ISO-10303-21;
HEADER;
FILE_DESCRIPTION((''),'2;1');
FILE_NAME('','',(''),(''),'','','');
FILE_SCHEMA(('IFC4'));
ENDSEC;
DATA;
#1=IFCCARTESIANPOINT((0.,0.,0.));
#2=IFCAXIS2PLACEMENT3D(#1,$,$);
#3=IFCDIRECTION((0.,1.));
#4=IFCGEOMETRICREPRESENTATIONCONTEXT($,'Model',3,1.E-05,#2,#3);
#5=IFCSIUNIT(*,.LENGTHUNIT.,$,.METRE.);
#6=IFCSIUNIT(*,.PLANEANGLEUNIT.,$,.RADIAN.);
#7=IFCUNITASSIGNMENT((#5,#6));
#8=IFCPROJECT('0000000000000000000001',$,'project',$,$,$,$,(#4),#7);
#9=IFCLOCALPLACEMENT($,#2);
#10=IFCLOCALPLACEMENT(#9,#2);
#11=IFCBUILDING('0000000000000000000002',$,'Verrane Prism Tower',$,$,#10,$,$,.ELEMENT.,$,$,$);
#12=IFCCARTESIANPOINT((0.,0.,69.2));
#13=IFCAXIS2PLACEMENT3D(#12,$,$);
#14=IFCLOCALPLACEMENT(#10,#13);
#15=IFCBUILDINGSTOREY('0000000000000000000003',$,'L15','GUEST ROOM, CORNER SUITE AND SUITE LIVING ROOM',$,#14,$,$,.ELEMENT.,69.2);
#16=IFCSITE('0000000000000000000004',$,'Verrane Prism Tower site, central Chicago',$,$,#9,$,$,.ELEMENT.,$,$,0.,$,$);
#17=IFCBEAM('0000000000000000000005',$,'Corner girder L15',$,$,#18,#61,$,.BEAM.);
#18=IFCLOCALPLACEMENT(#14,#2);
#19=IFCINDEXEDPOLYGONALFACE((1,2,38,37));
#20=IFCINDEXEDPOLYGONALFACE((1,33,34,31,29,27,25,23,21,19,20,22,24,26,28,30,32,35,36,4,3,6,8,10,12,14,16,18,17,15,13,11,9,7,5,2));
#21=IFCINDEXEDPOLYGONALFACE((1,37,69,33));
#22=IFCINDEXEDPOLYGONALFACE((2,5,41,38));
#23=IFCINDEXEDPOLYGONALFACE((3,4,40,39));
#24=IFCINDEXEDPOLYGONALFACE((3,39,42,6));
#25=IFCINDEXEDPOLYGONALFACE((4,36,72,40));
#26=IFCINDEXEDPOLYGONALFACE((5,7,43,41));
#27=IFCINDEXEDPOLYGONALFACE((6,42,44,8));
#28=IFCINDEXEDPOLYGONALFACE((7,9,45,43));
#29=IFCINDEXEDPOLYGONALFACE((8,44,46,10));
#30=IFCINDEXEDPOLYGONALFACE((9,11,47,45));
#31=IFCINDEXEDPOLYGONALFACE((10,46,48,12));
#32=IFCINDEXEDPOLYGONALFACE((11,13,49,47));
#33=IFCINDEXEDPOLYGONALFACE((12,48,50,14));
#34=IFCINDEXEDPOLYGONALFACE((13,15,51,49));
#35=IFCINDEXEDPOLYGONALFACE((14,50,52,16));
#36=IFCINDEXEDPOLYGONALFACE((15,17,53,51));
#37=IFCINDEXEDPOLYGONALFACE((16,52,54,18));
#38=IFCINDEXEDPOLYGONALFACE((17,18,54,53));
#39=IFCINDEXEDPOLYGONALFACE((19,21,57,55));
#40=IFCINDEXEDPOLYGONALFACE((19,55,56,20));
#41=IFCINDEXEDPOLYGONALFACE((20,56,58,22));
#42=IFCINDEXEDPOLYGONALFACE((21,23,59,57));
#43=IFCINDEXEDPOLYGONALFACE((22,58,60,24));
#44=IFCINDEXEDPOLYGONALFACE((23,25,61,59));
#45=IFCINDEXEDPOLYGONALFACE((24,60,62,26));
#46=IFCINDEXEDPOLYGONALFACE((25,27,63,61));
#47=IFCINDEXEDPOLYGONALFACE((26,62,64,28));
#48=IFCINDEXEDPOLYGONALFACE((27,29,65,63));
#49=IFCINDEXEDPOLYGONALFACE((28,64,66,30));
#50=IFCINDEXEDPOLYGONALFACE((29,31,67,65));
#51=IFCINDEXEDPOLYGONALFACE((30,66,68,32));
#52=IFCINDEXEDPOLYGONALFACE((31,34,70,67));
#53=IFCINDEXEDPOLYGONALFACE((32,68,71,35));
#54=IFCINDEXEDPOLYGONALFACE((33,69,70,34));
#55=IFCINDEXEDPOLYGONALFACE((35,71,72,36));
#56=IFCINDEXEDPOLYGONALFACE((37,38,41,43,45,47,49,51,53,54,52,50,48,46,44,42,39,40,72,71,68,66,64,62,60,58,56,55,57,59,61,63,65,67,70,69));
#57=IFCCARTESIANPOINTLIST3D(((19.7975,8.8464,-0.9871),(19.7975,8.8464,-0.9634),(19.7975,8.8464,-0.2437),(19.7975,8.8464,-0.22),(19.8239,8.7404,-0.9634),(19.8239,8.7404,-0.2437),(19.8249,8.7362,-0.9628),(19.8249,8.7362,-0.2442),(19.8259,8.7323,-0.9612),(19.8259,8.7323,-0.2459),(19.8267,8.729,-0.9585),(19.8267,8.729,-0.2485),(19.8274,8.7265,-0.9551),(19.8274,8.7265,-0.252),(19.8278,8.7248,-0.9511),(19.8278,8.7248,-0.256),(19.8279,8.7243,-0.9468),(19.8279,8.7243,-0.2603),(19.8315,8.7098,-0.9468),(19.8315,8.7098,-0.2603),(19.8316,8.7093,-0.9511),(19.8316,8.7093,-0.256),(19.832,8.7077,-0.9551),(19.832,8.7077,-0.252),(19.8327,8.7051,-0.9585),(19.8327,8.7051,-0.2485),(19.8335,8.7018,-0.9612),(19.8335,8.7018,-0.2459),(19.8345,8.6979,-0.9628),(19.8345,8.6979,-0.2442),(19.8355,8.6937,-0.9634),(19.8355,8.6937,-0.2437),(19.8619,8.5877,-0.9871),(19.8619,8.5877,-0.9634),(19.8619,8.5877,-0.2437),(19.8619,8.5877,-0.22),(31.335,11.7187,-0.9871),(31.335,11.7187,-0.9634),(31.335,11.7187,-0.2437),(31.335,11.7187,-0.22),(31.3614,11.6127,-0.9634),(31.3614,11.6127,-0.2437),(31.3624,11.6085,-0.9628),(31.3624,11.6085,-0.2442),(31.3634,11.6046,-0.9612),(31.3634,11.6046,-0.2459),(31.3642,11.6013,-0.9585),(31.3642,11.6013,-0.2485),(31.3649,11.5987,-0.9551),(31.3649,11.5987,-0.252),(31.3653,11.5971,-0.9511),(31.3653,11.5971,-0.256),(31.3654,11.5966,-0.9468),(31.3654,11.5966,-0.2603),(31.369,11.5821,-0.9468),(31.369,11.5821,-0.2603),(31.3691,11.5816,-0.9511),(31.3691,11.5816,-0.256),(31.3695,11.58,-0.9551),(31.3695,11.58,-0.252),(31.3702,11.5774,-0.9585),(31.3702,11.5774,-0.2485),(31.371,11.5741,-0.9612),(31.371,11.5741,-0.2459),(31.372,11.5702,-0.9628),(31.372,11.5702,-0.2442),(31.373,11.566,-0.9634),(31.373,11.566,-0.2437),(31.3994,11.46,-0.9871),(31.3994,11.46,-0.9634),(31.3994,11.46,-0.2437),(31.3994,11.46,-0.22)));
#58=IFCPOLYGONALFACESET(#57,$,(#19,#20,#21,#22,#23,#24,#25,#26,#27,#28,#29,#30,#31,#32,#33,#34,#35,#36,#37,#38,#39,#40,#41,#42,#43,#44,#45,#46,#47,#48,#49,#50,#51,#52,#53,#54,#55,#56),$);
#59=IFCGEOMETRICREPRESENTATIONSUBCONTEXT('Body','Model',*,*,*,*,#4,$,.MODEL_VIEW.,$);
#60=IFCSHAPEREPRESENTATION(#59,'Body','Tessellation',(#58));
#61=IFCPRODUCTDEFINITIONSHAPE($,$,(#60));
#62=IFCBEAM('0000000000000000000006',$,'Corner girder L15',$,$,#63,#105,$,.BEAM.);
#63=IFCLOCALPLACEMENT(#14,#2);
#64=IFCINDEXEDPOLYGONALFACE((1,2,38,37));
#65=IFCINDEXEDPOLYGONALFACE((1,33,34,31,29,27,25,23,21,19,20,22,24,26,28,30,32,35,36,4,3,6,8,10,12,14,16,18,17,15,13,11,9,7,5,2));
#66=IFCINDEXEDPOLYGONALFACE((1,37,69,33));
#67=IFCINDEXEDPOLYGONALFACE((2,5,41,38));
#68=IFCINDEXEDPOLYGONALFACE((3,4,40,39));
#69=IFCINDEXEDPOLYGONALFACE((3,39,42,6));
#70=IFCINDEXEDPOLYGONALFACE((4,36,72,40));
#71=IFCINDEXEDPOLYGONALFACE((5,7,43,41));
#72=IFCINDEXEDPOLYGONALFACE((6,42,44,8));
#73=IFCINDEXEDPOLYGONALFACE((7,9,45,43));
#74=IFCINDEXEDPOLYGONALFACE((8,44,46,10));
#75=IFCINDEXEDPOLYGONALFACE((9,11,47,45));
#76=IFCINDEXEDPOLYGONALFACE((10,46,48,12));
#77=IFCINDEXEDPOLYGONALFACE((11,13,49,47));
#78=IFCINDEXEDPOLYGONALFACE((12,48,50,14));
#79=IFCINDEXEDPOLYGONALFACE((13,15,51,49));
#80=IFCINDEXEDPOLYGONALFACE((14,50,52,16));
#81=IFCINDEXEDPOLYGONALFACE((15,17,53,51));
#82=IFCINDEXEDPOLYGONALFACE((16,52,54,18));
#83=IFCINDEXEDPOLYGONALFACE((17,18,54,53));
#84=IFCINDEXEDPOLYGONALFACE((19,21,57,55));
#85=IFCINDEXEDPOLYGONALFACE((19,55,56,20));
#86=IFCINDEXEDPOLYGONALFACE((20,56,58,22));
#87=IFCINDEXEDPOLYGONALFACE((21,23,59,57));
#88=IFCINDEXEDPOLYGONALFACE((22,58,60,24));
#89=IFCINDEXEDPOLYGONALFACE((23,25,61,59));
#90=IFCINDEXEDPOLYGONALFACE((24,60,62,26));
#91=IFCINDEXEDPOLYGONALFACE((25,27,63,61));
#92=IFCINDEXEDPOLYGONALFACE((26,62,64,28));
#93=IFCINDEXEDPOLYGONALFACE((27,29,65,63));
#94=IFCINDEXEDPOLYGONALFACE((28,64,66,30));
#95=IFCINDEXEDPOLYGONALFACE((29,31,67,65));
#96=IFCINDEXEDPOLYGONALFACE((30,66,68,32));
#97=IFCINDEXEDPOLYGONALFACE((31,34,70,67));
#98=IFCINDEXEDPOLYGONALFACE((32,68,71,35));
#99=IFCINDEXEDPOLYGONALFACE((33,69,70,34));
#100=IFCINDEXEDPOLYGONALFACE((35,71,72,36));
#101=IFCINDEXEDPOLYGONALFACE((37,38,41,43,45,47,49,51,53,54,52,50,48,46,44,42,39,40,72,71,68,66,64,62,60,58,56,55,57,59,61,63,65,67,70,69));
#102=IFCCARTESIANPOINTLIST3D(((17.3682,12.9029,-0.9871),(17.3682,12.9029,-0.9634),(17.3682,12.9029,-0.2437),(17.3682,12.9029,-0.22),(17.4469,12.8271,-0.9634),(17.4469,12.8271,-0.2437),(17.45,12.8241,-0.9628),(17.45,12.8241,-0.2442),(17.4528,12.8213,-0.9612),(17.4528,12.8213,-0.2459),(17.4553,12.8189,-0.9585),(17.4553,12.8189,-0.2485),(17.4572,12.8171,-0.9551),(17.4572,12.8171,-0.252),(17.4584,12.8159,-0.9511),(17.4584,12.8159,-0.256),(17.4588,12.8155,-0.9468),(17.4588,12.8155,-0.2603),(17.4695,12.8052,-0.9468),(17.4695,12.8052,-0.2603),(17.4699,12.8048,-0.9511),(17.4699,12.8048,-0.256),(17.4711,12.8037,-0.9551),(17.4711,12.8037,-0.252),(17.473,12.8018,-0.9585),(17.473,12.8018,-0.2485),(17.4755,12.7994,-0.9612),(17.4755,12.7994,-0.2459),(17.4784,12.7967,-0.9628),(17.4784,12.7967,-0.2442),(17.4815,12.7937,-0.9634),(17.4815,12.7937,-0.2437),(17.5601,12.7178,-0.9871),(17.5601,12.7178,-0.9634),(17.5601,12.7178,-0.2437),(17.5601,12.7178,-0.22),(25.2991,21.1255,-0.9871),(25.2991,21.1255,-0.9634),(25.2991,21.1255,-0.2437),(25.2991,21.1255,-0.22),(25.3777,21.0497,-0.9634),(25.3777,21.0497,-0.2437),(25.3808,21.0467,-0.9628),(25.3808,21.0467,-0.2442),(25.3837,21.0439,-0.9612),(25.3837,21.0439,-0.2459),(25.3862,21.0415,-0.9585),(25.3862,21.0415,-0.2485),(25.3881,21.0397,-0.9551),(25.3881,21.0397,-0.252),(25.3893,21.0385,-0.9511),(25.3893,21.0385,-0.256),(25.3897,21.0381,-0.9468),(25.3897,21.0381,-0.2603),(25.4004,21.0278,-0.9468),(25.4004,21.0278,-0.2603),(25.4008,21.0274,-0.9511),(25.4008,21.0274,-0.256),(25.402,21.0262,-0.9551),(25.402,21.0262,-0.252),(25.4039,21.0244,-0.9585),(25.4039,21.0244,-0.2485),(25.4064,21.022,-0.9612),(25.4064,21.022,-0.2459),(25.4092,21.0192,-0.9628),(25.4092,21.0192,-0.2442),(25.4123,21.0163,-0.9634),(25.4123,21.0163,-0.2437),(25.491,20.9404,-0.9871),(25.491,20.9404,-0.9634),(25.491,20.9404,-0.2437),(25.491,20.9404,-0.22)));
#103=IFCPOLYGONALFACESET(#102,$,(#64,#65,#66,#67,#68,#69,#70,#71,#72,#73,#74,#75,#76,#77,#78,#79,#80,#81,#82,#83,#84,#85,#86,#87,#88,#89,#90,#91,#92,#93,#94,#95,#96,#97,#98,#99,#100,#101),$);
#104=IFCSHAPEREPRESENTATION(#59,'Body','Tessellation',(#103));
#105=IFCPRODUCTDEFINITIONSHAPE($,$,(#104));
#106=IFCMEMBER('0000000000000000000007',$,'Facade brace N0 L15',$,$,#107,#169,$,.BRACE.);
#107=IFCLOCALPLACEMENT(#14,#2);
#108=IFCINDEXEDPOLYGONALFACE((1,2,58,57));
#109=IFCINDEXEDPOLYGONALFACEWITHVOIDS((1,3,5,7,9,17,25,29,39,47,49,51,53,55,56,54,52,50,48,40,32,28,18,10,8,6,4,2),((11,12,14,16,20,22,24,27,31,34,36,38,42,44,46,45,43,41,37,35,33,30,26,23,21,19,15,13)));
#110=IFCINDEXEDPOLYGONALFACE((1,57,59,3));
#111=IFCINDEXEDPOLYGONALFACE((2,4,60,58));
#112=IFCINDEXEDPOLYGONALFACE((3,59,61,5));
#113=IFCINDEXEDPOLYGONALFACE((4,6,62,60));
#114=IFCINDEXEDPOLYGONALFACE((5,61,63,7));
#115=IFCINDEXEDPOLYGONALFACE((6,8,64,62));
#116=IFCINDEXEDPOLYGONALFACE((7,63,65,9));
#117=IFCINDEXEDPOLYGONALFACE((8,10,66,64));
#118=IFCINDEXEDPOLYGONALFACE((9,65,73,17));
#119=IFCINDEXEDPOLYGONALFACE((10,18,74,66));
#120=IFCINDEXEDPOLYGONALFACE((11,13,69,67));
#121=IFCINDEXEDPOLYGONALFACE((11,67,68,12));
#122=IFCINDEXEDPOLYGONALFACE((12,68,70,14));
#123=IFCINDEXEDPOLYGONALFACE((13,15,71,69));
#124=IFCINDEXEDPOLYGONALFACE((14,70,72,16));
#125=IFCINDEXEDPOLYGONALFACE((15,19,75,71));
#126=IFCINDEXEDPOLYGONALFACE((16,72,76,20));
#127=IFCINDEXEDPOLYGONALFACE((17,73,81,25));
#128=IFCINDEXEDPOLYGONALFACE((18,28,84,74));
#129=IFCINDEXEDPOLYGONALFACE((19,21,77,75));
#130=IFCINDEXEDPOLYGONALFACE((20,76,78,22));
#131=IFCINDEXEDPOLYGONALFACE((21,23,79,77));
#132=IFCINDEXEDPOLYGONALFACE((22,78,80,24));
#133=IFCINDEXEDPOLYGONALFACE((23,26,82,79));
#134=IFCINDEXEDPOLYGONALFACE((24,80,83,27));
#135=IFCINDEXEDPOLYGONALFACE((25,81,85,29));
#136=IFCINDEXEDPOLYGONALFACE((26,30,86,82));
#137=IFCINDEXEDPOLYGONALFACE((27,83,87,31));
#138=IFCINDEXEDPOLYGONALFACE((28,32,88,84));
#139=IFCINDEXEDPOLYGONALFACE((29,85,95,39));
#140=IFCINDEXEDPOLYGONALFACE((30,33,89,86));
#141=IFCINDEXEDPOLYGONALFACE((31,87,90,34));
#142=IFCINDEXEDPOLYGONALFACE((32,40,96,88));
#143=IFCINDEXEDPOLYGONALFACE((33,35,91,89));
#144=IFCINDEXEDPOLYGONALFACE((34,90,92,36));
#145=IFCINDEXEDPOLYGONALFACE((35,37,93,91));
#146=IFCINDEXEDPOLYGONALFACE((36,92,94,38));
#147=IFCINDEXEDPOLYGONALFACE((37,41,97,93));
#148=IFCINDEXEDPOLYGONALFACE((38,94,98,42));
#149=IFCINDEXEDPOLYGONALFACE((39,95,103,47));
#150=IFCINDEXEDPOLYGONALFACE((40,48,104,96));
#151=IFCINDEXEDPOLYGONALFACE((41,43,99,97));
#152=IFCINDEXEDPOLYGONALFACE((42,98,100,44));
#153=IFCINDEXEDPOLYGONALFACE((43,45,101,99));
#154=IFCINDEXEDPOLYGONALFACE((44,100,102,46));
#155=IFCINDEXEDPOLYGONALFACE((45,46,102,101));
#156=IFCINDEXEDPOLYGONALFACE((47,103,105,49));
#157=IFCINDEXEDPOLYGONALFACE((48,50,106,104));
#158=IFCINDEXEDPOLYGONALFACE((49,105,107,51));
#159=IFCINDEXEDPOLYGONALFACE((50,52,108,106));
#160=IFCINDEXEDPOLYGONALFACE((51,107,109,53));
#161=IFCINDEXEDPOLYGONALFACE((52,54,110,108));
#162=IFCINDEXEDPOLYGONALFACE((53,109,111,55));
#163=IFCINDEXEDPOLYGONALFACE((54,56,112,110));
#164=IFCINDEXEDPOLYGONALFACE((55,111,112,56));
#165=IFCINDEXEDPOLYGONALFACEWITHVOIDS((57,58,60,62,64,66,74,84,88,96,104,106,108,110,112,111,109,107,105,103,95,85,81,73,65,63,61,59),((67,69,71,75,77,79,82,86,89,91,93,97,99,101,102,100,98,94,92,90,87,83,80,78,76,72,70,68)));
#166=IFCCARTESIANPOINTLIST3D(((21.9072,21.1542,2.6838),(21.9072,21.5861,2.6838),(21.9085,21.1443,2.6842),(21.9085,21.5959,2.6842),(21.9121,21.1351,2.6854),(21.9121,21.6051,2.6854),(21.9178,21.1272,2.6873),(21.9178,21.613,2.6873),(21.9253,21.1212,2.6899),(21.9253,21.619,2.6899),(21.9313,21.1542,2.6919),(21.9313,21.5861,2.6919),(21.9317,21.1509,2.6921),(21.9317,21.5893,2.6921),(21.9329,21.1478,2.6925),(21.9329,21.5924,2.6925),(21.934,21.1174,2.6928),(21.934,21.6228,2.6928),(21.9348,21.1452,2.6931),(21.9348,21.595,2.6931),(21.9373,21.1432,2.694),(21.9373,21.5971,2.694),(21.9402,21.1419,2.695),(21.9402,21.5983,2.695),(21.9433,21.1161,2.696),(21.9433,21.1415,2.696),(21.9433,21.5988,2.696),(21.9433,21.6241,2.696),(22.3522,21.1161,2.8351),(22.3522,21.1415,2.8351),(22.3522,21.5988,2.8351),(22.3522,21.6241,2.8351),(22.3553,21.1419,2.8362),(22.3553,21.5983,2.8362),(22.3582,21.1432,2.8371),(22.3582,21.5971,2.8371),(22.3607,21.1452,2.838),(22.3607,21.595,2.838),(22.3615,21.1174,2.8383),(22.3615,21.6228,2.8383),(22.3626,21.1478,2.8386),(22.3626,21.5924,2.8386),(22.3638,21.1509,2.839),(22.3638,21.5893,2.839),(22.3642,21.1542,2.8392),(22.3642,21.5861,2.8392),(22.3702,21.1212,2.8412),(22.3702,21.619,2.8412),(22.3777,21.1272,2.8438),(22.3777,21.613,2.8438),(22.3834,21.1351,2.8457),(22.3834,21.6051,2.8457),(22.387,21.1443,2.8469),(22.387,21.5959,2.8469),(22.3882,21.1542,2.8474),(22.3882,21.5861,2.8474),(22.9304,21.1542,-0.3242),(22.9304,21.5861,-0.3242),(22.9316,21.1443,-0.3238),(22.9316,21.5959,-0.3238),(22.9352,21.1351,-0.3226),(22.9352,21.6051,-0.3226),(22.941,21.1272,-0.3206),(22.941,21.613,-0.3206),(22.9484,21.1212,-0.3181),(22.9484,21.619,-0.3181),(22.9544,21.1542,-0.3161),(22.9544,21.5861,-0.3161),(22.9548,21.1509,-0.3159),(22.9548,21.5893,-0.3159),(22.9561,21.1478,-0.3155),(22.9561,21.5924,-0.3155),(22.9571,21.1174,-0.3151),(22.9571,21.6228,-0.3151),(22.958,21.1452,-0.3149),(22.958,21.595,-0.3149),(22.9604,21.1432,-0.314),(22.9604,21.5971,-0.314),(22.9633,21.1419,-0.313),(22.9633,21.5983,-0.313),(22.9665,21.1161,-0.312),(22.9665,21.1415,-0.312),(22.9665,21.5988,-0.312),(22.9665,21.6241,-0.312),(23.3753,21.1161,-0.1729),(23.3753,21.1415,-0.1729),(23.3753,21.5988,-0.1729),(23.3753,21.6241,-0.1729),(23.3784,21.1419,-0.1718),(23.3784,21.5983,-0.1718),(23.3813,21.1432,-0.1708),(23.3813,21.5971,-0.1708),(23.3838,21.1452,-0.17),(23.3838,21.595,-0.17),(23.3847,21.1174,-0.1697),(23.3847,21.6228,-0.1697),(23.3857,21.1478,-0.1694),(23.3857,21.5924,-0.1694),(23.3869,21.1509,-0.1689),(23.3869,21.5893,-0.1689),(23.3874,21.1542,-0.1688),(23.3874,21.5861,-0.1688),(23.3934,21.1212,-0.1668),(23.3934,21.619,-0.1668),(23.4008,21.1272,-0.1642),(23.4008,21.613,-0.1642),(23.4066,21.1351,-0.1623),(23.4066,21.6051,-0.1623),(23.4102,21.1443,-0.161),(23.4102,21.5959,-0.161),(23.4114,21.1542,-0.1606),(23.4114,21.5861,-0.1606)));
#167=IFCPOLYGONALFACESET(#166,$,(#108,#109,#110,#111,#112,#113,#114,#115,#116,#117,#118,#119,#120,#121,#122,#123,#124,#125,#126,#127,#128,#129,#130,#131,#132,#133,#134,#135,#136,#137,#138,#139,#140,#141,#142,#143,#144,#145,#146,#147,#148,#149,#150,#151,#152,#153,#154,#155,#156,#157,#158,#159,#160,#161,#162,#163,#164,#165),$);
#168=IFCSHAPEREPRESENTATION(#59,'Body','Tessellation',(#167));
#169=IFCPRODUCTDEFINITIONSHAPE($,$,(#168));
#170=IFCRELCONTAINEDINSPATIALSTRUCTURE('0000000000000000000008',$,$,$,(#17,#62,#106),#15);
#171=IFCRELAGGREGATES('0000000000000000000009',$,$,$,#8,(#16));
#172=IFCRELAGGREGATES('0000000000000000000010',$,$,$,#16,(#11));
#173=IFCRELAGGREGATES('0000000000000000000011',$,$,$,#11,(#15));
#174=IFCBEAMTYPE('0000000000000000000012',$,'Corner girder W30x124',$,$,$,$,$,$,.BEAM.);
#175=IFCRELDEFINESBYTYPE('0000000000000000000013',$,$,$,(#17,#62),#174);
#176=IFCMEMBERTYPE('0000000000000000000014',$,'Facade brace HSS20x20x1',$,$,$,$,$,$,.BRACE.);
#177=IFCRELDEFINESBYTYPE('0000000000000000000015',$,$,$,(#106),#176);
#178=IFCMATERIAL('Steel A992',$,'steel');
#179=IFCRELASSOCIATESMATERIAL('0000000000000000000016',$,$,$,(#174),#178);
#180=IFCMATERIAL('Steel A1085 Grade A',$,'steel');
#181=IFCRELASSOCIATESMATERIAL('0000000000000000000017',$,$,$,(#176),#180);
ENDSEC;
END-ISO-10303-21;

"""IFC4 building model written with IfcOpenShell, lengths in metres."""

from ifc_helpers import new_model, si_unit, direction, frame, origin, origin_2d, place, context, subcontext, project, spatial, hollow_rectangle, i_section, extrude, material, material_profile, profile_set, type_object, element, save


model = new_model("IFC4")

# Units and contexts
model_context = context("Model", 3, precision=1e-05, world=origin(), true_north=direction((0.0, 1.0)))
body_context = subcontext(model_context, "Body", "Model", "MODEL_VIEW")
ifc_project = project(units=[si_unit("LENGTHUNIT", "METRE"), si_unit("PLANEANGLEUNIT", "RADIAN")], contexts=[model_context])

# Site, building, storey
site_placement = place(None, origin())
site = spatial("IfcSite", under=ifc_project, at=site_placement, Name="Verrane Prism Tower site, central Chicago", CompositionType="ELEMENT", RefElevation=0.0)
building_placement = place(site_placement, origin())
building = spatial("IfcBuilding", under=site, at=building_placement, Name="Verrane Prism Tower", CompositionType="ELEMENT")
storey_placement = place(building_placement, frame((0.0, 0.0, 69.2)))
storey = spatial("IfcBuildingStorey", under=building, at=storey_placement, Name="L15", Description="GUEST ROOM, CORNER SUITE AND SUITE LIVING ROOM", CompositionType="ELEMENT", Elevation=69.2)

# Beams
ifc_material_1 = material(Name="Steel A992", Category="steel")
ifc_material_profile_1 = material_profile(ifc_material_1, i_section(OverallWidth=0.2666, OverallDepth=0.7671, WebThickness=0.0149, FlangeThickness=0.0237, FilletRadius=0.0166, at=origin_2d()), Name="W30x124")
ifc_profile_set_1 = profile_set([ifc_material_profile_1], Name="Steel A992")
beam_type_1 = type_object("IfcBeamType", Name="Corner girder W30x124", PredefinedType="BEAM", material=ifc_profile_set_1)
beam_1_placement = place(storey_placement, frame((31.3672, 11.5894, -0.6035), z_axis=(-0.970381, -0.241579, 0.0), x_axis=(0.241579, -0.970381, 0.0)))
element("IfcBeam", 1, at=beam_1_placement, inside=storey, type_object=beam_type_1, Name="Corner girder L15", PredefinedType="BEAM", context=body_context, shape_type="SweptSolid", body=[
    extrude(i_section(OverallWidth=0.2666, OverallDepth=0.7671, WebThickness=0.0149, FlangeThickness=0.0237, FilletRadius=0.0166, at=origin_2d()), origin(), (0.0, 0.0, 1.0), 11.8896),
])
beam_2_placement = place(storey_placement, frame((25.395, 21.033, -0.6035), z_axis=(-0.694223, -0.71976, 0.0), x_axis=(0.71976, -0.694223, 0.0)))
element("IfcBeam", 2, at=beam_2_placement, inside=storey, type_object=beam_type_1, Name="Corner girder L15", PredefinedType="BEAM", context=body_context, shape_type="SweptSolid", body=[
    extrude(i_section(OverallWidth=0.2666, OverallDepth=0.7671, WebThickness=0.0149, FlangeThickness=0.0237, FilletRadius=0.0166, at=origin_2d()), origin(), (0.0, 0.0, 1.0), 11.4241),
])

# Member
ifc_material_2 = material(Name="Steel A1085 Grade A", Category="steel")
ifc_material_profile_2 = material_profile(ifc_material_2, hollow_rectangle(XDim=0.5081, YDim=0.5081, WallThickness=0.0254, InnerFilletRadius=0.0127, OuterFilletRadius=0.0381, at=origin_2d()), Name="HSS20x20x1")
ifc_profile_set_2 = profile_set([ifc_material_profile_2], Name="Steel A1085 Grade A")
member_type_1 = type_object("IfcMemberType", Name="Facade brace HSS20x20x1", PredefinedType="BRACE", material=ifc_profile_set_2)
member_1_placement = place(storey_placement, frame((23.1709, 21.3701, -0.2424), z_axis=(-0.322031, 0.0, 0.946729), x_axis=(0.0, -1.0, 0.0)))
element("IfcMember", 3, at=member_1_placement, inside=storey, type_object=member_type_1, Name="Facade brace N0 L15", PredefinedType="BRACE", context=body_context, shape_type="SweptSolid", body=[
    extrude(hollow_rectangle(XDim=0.5081, YDim=0.5081, WallThickness=0.0254, InnerFilletRadius=0.0127, OuterFilletRadius=0.0381, at=origin_2d()), origin(), (0.0, 0.0, 1.0), 3.1772),
])

save(model, "model.ifc")
